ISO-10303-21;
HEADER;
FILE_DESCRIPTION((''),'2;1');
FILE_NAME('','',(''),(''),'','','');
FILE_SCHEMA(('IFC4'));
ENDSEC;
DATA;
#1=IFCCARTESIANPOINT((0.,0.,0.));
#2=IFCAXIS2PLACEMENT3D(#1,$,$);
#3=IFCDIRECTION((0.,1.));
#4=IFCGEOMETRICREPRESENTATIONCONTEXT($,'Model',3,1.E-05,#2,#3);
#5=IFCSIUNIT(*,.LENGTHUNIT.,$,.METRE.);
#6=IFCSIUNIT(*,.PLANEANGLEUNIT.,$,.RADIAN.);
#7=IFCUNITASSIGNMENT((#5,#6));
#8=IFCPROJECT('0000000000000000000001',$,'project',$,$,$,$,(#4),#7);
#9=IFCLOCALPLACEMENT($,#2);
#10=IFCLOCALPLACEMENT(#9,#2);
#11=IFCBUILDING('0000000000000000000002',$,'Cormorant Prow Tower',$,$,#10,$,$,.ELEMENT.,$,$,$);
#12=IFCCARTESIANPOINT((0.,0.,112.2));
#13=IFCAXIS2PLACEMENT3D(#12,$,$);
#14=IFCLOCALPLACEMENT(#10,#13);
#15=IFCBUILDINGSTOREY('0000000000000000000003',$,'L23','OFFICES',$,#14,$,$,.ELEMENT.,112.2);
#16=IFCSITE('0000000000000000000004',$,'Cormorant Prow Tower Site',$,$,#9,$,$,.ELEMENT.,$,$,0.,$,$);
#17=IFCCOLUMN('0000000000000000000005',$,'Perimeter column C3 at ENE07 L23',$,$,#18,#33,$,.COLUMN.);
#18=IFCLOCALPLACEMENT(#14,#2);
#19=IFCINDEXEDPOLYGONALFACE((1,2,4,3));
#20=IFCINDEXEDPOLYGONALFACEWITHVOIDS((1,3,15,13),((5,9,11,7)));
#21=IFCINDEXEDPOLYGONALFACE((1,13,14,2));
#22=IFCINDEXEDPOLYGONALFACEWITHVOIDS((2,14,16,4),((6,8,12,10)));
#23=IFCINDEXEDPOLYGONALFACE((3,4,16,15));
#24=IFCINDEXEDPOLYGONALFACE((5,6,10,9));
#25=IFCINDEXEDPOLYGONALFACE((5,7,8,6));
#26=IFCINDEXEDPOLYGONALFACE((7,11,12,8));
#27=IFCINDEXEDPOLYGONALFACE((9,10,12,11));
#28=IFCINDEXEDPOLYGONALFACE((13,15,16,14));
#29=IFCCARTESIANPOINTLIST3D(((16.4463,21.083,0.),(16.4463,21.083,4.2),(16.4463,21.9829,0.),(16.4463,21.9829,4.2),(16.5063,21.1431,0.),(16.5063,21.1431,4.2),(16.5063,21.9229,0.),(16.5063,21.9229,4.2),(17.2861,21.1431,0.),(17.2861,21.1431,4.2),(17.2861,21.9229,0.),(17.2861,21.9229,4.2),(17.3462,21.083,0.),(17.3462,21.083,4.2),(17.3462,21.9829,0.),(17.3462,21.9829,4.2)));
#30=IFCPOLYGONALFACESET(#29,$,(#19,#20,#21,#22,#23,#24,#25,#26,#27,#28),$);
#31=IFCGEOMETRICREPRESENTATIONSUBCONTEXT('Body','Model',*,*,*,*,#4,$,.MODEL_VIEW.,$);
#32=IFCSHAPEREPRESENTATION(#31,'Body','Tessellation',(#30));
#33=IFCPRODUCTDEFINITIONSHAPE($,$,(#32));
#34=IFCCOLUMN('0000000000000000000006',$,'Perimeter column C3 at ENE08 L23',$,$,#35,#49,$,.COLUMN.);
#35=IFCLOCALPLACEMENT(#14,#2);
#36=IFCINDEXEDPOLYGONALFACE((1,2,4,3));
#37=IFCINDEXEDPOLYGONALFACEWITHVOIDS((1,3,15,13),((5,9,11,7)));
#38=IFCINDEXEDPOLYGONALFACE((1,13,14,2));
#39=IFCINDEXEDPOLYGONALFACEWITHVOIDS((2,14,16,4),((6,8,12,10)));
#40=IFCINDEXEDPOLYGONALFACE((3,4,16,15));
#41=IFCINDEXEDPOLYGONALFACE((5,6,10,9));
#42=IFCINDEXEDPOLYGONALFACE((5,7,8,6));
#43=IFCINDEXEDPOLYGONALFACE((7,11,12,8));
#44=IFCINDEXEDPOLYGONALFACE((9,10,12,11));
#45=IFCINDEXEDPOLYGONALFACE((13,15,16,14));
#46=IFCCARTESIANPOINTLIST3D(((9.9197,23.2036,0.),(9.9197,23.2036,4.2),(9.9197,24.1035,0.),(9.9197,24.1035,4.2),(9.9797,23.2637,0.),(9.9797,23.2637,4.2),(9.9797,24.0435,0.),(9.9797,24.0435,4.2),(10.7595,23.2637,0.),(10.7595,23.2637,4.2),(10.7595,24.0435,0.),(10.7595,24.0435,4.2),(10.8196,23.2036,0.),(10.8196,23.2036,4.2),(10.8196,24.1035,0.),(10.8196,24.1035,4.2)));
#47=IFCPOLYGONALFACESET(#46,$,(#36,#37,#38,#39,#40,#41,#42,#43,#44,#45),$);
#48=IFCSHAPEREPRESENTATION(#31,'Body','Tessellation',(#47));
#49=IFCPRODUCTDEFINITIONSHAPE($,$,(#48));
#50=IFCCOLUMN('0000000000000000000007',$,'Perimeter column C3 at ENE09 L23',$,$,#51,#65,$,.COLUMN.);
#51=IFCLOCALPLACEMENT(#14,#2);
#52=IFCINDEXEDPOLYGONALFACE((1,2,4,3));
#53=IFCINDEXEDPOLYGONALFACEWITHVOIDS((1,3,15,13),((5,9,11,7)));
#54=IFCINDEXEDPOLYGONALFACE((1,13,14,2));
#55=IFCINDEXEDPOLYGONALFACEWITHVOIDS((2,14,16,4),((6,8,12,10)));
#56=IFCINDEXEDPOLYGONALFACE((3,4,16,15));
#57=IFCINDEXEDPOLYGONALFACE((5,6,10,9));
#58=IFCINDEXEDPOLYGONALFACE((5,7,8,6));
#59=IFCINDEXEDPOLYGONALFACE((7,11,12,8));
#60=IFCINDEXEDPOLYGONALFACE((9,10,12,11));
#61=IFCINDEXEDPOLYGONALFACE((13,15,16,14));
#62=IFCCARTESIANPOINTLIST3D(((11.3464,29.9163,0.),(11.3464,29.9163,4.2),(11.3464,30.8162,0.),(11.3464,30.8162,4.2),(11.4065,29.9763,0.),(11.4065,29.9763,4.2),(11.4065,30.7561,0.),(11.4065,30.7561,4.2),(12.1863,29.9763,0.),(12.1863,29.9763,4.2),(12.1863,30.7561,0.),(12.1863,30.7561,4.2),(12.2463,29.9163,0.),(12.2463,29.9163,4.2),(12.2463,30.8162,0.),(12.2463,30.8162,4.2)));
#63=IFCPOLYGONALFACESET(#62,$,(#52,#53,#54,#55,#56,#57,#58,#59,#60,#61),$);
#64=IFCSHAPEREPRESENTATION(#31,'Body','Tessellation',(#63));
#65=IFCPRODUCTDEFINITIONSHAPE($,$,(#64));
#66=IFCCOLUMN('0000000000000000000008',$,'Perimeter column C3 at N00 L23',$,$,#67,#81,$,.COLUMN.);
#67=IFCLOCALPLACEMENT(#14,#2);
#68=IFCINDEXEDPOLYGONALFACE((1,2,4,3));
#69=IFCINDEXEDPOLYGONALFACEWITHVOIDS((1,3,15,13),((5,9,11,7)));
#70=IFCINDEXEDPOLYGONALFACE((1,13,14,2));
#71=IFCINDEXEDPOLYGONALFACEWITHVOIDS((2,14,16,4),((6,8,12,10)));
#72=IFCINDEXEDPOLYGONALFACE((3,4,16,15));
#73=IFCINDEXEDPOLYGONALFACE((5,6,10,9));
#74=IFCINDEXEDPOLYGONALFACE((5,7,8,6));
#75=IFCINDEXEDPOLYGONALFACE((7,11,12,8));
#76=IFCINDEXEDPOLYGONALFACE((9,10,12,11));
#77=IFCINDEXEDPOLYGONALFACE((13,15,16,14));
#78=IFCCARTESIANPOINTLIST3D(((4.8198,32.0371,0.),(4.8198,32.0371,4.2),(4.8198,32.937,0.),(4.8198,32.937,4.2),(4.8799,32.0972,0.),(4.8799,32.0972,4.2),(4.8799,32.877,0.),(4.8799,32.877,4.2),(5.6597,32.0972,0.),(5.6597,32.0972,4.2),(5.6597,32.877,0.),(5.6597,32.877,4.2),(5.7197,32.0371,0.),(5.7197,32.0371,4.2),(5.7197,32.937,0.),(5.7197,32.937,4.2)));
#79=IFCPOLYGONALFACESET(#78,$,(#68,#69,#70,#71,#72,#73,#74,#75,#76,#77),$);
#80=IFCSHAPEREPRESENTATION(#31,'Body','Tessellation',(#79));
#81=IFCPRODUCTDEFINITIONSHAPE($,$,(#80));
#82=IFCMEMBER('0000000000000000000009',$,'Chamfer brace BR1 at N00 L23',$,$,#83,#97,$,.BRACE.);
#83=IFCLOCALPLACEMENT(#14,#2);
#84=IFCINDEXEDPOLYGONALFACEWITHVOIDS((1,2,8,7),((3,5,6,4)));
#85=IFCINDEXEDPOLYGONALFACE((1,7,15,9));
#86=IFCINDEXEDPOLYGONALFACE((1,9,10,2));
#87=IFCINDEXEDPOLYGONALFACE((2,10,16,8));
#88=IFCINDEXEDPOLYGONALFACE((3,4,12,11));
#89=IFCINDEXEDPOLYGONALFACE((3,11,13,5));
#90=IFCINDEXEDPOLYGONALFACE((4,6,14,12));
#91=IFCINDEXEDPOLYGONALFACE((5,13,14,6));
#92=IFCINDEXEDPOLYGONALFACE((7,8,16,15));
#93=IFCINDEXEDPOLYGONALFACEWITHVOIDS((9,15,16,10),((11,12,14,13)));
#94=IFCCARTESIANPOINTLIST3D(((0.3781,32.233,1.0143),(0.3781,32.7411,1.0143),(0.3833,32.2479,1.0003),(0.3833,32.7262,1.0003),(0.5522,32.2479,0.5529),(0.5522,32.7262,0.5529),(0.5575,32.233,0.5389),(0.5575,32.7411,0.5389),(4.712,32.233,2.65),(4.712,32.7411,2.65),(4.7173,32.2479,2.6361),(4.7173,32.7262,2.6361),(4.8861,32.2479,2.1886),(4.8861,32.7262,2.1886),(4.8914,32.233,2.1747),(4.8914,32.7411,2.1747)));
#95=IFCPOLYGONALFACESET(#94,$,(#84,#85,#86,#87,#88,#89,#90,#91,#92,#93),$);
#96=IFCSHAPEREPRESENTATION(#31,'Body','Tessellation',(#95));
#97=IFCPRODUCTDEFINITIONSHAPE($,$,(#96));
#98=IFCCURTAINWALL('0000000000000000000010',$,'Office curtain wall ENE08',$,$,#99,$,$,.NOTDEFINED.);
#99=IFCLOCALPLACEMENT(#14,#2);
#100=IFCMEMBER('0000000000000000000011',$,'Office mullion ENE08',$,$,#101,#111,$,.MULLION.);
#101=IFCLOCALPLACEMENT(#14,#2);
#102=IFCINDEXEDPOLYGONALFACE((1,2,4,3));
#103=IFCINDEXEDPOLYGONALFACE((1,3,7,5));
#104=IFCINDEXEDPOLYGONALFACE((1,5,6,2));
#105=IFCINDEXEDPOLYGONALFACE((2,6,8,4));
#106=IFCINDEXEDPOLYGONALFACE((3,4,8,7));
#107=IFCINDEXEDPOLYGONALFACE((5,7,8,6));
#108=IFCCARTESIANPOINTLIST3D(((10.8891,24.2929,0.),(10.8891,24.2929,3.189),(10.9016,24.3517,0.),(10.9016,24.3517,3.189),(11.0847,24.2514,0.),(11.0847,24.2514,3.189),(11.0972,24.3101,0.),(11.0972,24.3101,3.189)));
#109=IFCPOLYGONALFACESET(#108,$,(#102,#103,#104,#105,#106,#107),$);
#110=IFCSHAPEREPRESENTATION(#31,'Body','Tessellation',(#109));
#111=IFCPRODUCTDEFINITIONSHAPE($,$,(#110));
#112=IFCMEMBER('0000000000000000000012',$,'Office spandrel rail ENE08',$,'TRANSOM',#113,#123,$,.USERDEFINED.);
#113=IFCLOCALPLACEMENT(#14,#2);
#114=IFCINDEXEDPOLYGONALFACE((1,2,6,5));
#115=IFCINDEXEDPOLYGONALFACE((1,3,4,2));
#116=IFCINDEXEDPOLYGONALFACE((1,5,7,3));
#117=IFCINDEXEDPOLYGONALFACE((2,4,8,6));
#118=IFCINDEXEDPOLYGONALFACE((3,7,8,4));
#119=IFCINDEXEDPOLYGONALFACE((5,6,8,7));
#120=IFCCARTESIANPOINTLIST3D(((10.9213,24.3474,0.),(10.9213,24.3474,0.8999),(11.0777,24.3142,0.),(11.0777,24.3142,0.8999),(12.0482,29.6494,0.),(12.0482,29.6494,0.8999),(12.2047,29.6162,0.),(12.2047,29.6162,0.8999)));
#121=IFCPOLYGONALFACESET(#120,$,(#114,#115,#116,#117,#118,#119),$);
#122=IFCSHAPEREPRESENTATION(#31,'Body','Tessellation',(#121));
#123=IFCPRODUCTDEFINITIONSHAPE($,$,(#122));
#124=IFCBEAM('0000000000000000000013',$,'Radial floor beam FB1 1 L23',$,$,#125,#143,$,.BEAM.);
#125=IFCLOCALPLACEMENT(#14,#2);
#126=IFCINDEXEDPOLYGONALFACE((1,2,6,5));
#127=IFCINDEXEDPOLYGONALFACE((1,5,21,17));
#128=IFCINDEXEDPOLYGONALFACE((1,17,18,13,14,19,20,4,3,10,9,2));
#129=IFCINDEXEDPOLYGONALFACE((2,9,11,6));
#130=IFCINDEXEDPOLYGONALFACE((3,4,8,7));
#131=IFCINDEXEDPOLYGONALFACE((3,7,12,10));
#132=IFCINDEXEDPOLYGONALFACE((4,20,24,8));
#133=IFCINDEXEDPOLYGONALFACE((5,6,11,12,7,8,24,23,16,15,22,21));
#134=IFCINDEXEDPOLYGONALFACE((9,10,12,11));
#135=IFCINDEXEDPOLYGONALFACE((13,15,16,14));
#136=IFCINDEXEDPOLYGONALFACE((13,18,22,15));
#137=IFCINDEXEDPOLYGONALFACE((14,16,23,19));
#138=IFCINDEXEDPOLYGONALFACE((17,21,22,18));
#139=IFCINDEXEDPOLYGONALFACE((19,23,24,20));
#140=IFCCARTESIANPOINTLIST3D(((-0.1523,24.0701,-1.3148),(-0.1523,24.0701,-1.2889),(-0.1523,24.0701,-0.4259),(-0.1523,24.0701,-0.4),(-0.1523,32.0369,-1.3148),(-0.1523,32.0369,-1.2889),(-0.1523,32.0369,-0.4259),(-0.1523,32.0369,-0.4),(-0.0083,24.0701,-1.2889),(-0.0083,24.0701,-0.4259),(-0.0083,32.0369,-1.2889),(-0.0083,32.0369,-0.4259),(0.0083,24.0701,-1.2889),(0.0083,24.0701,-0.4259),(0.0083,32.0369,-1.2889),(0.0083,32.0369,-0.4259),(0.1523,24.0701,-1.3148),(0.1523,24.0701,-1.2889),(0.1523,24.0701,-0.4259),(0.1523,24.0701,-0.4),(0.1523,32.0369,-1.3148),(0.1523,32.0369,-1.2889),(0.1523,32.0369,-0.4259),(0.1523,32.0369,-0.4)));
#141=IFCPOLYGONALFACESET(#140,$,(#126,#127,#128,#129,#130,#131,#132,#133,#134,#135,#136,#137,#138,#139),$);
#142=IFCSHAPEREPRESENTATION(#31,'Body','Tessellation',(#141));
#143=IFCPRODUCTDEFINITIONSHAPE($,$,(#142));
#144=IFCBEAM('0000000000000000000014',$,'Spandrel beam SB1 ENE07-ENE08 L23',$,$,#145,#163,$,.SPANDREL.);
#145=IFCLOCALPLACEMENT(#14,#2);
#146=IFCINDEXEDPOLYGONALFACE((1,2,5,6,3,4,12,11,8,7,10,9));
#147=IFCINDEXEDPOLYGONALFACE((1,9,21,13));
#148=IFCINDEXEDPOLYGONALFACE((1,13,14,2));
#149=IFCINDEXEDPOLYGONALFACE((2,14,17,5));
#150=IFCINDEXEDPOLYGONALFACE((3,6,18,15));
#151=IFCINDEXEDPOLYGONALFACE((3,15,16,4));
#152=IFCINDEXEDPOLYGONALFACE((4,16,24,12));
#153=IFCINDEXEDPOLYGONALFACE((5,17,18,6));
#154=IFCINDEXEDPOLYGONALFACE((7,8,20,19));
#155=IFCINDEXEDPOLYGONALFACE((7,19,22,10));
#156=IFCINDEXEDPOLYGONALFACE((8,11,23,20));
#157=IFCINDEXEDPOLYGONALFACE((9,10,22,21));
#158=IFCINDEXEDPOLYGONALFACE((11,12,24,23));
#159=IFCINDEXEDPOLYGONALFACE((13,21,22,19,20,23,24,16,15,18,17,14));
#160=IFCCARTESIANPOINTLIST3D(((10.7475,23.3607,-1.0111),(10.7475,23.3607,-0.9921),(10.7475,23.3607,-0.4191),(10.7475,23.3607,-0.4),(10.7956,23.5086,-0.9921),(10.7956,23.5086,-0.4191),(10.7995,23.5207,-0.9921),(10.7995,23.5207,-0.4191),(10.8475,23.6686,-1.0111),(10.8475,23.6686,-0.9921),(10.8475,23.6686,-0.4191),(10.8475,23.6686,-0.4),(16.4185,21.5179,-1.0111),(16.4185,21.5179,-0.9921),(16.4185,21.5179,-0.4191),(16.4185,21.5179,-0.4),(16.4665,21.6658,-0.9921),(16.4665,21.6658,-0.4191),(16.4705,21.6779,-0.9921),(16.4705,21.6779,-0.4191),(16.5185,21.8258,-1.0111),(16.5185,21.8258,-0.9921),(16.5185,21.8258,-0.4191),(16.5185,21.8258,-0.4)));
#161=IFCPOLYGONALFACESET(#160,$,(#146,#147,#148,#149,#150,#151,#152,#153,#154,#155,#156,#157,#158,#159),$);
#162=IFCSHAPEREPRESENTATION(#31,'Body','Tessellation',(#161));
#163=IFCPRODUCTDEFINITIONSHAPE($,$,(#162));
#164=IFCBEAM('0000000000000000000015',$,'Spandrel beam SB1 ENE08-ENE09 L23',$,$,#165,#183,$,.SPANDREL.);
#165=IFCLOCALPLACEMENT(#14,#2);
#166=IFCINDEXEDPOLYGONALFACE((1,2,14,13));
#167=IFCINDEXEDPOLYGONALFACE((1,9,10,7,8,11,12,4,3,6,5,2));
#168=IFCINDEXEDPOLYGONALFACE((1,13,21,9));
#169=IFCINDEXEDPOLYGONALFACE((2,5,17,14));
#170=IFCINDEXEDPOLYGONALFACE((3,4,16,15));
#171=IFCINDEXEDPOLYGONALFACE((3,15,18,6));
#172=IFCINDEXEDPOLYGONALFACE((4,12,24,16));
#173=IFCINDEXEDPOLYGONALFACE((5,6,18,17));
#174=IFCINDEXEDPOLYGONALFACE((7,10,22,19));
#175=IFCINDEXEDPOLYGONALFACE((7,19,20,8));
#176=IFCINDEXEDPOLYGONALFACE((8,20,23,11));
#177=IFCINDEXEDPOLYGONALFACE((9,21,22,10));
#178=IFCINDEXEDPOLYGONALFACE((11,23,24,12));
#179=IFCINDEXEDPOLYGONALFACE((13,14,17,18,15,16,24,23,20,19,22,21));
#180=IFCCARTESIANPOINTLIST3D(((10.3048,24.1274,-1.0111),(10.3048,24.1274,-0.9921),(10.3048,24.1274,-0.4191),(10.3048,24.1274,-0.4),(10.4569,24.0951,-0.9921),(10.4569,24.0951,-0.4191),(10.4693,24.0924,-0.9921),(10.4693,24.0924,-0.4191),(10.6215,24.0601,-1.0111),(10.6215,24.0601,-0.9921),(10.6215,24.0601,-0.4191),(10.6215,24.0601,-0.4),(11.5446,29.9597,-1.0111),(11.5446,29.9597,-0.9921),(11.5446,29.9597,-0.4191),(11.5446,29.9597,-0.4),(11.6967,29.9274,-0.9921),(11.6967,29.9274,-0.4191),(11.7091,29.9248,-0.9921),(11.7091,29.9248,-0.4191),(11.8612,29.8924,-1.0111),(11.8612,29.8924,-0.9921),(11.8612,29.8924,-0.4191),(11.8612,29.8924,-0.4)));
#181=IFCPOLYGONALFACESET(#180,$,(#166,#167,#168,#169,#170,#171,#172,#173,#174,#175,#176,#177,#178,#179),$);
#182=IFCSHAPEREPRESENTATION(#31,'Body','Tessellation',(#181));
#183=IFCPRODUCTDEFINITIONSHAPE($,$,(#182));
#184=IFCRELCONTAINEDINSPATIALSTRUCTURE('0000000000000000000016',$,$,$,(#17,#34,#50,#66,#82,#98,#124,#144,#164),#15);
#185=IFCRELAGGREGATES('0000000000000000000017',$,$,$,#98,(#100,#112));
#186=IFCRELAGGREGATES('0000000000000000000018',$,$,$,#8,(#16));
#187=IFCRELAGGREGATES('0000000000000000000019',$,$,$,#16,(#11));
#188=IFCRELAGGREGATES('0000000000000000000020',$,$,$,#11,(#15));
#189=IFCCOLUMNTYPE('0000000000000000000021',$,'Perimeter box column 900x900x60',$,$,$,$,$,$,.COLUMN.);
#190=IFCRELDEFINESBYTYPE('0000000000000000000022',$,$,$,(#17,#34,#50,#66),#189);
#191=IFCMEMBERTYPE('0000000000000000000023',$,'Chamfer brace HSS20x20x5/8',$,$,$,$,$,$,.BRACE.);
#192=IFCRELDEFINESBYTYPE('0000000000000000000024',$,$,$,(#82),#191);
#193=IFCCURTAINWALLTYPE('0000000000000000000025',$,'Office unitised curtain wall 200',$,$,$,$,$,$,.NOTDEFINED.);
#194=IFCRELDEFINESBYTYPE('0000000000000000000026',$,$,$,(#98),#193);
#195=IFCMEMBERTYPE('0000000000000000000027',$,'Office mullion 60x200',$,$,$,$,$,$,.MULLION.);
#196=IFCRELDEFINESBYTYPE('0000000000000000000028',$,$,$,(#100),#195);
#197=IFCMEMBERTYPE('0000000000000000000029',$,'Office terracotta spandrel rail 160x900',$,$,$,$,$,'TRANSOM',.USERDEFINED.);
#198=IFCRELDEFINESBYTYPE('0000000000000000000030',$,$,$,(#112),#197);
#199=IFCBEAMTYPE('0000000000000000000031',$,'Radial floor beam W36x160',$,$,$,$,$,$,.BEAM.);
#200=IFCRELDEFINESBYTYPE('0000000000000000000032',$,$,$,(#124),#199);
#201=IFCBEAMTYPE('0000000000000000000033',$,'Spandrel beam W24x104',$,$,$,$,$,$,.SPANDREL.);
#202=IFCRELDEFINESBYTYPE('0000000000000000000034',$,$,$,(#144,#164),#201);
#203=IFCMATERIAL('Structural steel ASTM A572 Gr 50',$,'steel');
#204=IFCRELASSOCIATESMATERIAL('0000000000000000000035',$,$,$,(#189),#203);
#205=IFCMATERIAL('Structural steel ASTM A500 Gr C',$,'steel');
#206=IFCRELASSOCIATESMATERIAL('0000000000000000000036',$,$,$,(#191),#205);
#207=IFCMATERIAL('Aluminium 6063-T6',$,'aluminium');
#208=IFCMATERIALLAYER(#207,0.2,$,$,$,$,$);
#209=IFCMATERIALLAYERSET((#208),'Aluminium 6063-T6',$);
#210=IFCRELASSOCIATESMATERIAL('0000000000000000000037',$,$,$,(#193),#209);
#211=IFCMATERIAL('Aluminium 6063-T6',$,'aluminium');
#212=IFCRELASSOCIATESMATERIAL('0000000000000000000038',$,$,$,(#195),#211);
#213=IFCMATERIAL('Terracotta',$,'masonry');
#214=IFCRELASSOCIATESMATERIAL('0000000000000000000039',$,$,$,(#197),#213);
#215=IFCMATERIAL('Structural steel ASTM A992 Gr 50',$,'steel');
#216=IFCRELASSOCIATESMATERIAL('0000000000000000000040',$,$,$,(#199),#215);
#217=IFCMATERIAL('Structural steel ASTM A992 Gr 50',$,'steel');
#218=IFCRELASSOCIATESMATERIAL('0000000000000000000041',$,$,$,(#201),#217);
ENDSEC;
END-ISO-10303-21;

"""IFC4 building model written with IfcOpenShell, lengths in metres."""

from ifc_helpers import new_model, si_unit, direction, frame, origin, origin_2d, place, context, subcontext, project, spatial, rectangle, hollow_rectangle, i_section, extrude, material, layer, layer_set, material_profile, profile_set, type_object, element, aggregate, save


model = new_model("IFC4")

# Units and contexts
model_context = context("Model", 3, precision=1e-05, world=origin(), true_north=direction((0.0, 1.0)))
body_context = subcontext(model_context, "Body", "Model", "MODEL_VIEW")
ifc_project = project(units=[si_unit("LENGTHUNIT", "METRE"), si_unit("PLANEANGLEUNIT", "RADIAN")], contexts=[model_context])

# Site, building, storey
site_placement = place(None, origin())
site = spatial("IfcSite", under=ifc_project, at=site_placement, Name="Cormorant Prow Tower Site", CompositionType="ELEMENT", RefElevation=0.0)
building_placement = place(site_placement, origin())
building = spatial("IfcBuilding", under=site, at=building_placement, Name="Cormorant Prow Tower", CompositionType="ELEMENT")
storey_placement = place(building_placement, frame((0.0, 0.0, 112.2)))
storey = spatial("IfcBuildingStorey", under=building, at=storey_placement, Name="L23", Description="OFFICES", CompositionType="ELEMENT", Elevation=112.2)

# Columns
ifc_material_1 = material(Name="Structural steel ASTM A572 Gr 50", Category="steel")
ifc_material_profile_1 = material_profile(ifc_material_1, hollow_rectangle(XDim=0.8999, YDim=0.8999, WallThickness=0.0601, at=origin_2d()), Name="Box 900x900x60")
ifc_profile_set_1 = profile_set([ifc_material_profile_1], Name="Structural steel ASTM A572 Gr 50")
column_type = type_object("IfcColumnType", Name="Perimeter box column 900x900x60", PredefinedType="COLUMN", material=ifc_profile_set_1)
for number, where, z_axis, x_axis, name in (
    (1, (16.8962, 21.533, 0.0), (0.0, 0.0, 1.0), (1.0, 0.0, 0.0), "Perimeter column C3 at ENE07 L23"),
    (2, (10.3696, 23.6536, 0.0), (0.0, 0.0, 1.0), (1.0, 0.0, 0.0), "Perimeter column C3 at ENE08 L23"),
    (3, (11.7964, 30.3662, 0.0), (0.0, 0.0, 1.0), (1.0, 0.0, 0.0), "Perimeter column C3 at ENE09 L23"),
    (4, (5.2698, 32.4871, 0.0), (0.0, 0.0, 1.0), (1.0, 0.0, 0.0), "Perimeter column C3 at N00 L23"),
):
    element("IfcColumn", number, at=place(storey_placement, frame(where, z_axis=z_axis, x_axis=x_axis)), inside=storey, type_object=column_type, Name=name, PredefinedType="COLUMN", context=body_context, shape_type="SweptSolid", body=[
        extrude(hollow_rectangle(XDim=0.8999, YDim=0.8999, WallThickness=0.0601, at=origin_2d()), origin(), (0.0, 0.0, 1.0), 4.2),
    ])

# Member
ifc_material_2 = material(Name="Structural steel ASTM A500 Gr C", Category="steel")
ifc_material_profile_2 = material_profile(ifc_material_2, hollow_rectangle(XDim=0.5081, YDim=0.5081, WallThickness=0.0149, at=origin_2d()), Name="HSS20x20x5/8")
ifc_profile_set_2 = profile_set([ifc_material_profile_2], Name="Structural steel ASTM A500 Gr C")
member_type_1 = type_object("IfcMemberType", Name="Chamfer brace HSS20x20x5/8", PredefinedType="BRACE", material=ifc_profile_set_2)
member_1_placement = place(storey_placement, frame((0.4678, 32.4871, 0.7766), z_axis=(0.935582, 0.0, 0.353109), x_axis=(0.0, 1.0, 0.0)))
element("IfcMember", 5, at=member_1_placement, inside=storey, type_object=member_type_1, Name="Chamfer brace BR1 at N00 L23", PredefinedType="BRACE", context=body_context, shape_type="SweptSolid", body=[
    extrude(hollow_rectangle(XDim=0.5081, YDim=0.5081, WallThickness=0.0149, at=origin_2d()), origin(), (0.0, 0.0, 1.0), 4.6323),
])

# Curtain wall, members
ifc_material_3 = material(Name="Aluminium 6063-T6", Category="aluminium")
ifc_layer_1 = layer(ifc_material_3, 0.2)
ifc_layer_set_1 = layer_set([ifc_layer_1], Name="Aluminium 6063-T6")
curtain_wall_type = type_object("IfcCurtainWallType", Name="Office unitised curtain wall 200", PredefinedType="NOTDEFINED", material=ifc_layer_set_1)
curtain_wall_placement = place(storey_placement, origin())
curtain_wall = element("IfcCurtainWall", 6, at=curtain_wall_placement, inside=storey, type_object=curtain_wall_type, Name="Office curtain wall ENE08", PredefinedType="NOTDEFINED")
ifc_material_4 = material(Name="Aluminium 6063-T6", Category="aluminium")
ifc_material_profile_3 = material_profile(ifc_material_4, rectangle(XDim=0.2, YDim=0.0601, at=origin_2d()), Name="Office mullion 60x200")
ifc_profile_set_3 = profile_set([ifc_material_profile_3], Name="Aluminium 6063-T6")
member_type_2 = type_object("IfcMemberType", Name="Office mullion 60x200", PredefinedType="MULLION", material=ifc_profile_set_3)
member_2_placement = place(storey_placement, frame((10.9932, 24.3015, 0.0), z_axis=(0.0, 0.0, 1.0), x_axis=(-0.978148, 0.207912, 0.0)))
member_2 = element("IfcMember", 7, at=member_2_placement, type_object=member_type_2, Name="Office mullion ENE08", PredefinedType="MULLION", context=body_context, shape_type="SweptSolid", body=[
    extrude(rectangle(XDim=0.2, YDim=0.0601, at=origin_2d()), origin(), (0.0, 0.0, 1.0), 3.189),
])
ifc_material_5 = material(Name="Terracotta", Category="masonry")
ifc_material_profile_4 = material_profile(ifc_material_5, rectangle(XDim=0.1599, YDim=0.8999, at=origin_2d()), Name="Office terracotta spandrel rail 160x900")
ifc_profile_set_4 = profile_set([ifc_material_profile_4], Name="Terracotta")
member_type_3 = type_object("IfcMemberType", Name="Office terracotta spandrel rail 160x900", ElementType="TRANSOM", PredefinedType="USERDEFINED", material=ifc_profile_set_4)
member_3_placement = place(storey_placement, frame((10.9995, 24.3308, 0.45), z_axis=(0.207908, 0.978148, 0.0), x_axis=(-0.978148, 0.207908, 0.0)))
member_3 = element("IfcMember", 8, at=member_3_placement, type_object=member_type_3, Name="Office spandrel rail ENE08", ObjectType="TRANSOM", PredefinedType="USERDEFINED", context=body_context, shape_type="SweptSolid", body=[
    extrude(rectangle(XDim=0.1599, YDim=0.8999, at=origin_2d()), origin(), (0.0, 0.0, 1.0), 5.4204),
])

# Beams
ifc_material_6 = material(Name="Structural steel ASTM A992 Gr 50", Category="steel")
ifc_material_profile_5 = material_profile(ifc_material_6, i_section(OverallWidth=0.3047, OverallDepth=0.9148, WebThickness=0.0166, FlangeThickness=0.0259, at=origin_2d()), Name="W36x160")
ifc_profile_set_5 = profile_set([ifc_material_profile_5], Name="Structural steel ASTM A992 Gr 50")
beam_type_1 = type_object("IfcBeamType", Name="Radial floor beam W36x160", PredefinedType="BEAM", material=ifc_profile_set_5)
beam_1_placement = place(storey_placement, frame((0.0, 24.0701, -0.8574), z_axis=(0.0, 1.0, 0.0), x_axis=(-1.0, 0.0, 0.0)))
element("IfcBeam", 9, at=beam_1_placement, inside=storey, type_object=beam_type_1, Name="Radial floor beam FB1 1 L23", PredefinedType="BEAM", context=body_context, shape_type="SweptSolid", body=[
    extrude(i_section(OverallWidth=0.3047, OverallDepth=0.9148, WebThickness=0.0166, FlangeThickness=0.0259, at=origin_2d()), origin(), (0.0, 0.0, 1.0), 7.9668),
])
ifc_material_7 = material(Name="Structural steel ASTM A992 Gr 50", Category="steel")
ifc_material_profile_6 = material_profile(ifc_material_7, i_section(OverallWidth=0.3237, OverallDepth=0.6111, WebThickness=0.0127, FlangeThickness=0.019, at=origin_2d()), Name="W24x104")
ifc_profile_set_6 = profile_set([ifc_material_profile_6], Name="Structural steel ASTM A992 Gr 50")
beam_type_2 = type_object("IfcBeamType", Name="Spandrel beam W24x104", PredefinedType="SPANDREL", material=ifc_profile_set_6)
beam_2_placement = place(storey_placement, frame((16.4685, 21.6719, -0.7056), z_axis=(-0.951047, 0.309045, 0.0), x_axis=(-0.309045, -0.951047, 0.0)))
element("IfcBeam", 10, at=beam_2_placement, inside=storey, type_object=beam_type_2, Name="Spandrel beam SB1 ENE07-ENE08 L23", PredefinedType="SPANDREL", context=body_context, shape_type="SweptSolid", body=[
    extrude(i_section(OverallWidth=0.3237, OverallDepth=0.6111, WebThickness=0.0127, FlangeThickness=0.019, at=origin_2d()), origin(), (0.0, 0.0, 1.0), 5.9629),
])
beam_3_placement = place(storey_placement, frame((10.4631, 24.0938, -0.7056), z_axis=(0.207921, 0.978146, 0.0), x_axis=(-0.978146, 0.207921, 0.0)))
element("IfcBeam", 11, at=beam_3_placement, inside=storey, type_object=beam_type_2, Name="Spandrel beam SB1 ENE08-ENE09 L23", PredefinedType="SPANDREL", context=body_context, shape_type="SweptSolid", body=[
    extrude(i_section(OverallWidth=0.3237, OverallDepth=0.6111, WebThickness=0.0127, FlangeThickness=0.019, at=origin_2d()), origin(), (0.0, 0.0, 1.0), 5.9626),
])

aggregate(curtain_wall, [member_2, member_3])

save(model, "model.ifc")
